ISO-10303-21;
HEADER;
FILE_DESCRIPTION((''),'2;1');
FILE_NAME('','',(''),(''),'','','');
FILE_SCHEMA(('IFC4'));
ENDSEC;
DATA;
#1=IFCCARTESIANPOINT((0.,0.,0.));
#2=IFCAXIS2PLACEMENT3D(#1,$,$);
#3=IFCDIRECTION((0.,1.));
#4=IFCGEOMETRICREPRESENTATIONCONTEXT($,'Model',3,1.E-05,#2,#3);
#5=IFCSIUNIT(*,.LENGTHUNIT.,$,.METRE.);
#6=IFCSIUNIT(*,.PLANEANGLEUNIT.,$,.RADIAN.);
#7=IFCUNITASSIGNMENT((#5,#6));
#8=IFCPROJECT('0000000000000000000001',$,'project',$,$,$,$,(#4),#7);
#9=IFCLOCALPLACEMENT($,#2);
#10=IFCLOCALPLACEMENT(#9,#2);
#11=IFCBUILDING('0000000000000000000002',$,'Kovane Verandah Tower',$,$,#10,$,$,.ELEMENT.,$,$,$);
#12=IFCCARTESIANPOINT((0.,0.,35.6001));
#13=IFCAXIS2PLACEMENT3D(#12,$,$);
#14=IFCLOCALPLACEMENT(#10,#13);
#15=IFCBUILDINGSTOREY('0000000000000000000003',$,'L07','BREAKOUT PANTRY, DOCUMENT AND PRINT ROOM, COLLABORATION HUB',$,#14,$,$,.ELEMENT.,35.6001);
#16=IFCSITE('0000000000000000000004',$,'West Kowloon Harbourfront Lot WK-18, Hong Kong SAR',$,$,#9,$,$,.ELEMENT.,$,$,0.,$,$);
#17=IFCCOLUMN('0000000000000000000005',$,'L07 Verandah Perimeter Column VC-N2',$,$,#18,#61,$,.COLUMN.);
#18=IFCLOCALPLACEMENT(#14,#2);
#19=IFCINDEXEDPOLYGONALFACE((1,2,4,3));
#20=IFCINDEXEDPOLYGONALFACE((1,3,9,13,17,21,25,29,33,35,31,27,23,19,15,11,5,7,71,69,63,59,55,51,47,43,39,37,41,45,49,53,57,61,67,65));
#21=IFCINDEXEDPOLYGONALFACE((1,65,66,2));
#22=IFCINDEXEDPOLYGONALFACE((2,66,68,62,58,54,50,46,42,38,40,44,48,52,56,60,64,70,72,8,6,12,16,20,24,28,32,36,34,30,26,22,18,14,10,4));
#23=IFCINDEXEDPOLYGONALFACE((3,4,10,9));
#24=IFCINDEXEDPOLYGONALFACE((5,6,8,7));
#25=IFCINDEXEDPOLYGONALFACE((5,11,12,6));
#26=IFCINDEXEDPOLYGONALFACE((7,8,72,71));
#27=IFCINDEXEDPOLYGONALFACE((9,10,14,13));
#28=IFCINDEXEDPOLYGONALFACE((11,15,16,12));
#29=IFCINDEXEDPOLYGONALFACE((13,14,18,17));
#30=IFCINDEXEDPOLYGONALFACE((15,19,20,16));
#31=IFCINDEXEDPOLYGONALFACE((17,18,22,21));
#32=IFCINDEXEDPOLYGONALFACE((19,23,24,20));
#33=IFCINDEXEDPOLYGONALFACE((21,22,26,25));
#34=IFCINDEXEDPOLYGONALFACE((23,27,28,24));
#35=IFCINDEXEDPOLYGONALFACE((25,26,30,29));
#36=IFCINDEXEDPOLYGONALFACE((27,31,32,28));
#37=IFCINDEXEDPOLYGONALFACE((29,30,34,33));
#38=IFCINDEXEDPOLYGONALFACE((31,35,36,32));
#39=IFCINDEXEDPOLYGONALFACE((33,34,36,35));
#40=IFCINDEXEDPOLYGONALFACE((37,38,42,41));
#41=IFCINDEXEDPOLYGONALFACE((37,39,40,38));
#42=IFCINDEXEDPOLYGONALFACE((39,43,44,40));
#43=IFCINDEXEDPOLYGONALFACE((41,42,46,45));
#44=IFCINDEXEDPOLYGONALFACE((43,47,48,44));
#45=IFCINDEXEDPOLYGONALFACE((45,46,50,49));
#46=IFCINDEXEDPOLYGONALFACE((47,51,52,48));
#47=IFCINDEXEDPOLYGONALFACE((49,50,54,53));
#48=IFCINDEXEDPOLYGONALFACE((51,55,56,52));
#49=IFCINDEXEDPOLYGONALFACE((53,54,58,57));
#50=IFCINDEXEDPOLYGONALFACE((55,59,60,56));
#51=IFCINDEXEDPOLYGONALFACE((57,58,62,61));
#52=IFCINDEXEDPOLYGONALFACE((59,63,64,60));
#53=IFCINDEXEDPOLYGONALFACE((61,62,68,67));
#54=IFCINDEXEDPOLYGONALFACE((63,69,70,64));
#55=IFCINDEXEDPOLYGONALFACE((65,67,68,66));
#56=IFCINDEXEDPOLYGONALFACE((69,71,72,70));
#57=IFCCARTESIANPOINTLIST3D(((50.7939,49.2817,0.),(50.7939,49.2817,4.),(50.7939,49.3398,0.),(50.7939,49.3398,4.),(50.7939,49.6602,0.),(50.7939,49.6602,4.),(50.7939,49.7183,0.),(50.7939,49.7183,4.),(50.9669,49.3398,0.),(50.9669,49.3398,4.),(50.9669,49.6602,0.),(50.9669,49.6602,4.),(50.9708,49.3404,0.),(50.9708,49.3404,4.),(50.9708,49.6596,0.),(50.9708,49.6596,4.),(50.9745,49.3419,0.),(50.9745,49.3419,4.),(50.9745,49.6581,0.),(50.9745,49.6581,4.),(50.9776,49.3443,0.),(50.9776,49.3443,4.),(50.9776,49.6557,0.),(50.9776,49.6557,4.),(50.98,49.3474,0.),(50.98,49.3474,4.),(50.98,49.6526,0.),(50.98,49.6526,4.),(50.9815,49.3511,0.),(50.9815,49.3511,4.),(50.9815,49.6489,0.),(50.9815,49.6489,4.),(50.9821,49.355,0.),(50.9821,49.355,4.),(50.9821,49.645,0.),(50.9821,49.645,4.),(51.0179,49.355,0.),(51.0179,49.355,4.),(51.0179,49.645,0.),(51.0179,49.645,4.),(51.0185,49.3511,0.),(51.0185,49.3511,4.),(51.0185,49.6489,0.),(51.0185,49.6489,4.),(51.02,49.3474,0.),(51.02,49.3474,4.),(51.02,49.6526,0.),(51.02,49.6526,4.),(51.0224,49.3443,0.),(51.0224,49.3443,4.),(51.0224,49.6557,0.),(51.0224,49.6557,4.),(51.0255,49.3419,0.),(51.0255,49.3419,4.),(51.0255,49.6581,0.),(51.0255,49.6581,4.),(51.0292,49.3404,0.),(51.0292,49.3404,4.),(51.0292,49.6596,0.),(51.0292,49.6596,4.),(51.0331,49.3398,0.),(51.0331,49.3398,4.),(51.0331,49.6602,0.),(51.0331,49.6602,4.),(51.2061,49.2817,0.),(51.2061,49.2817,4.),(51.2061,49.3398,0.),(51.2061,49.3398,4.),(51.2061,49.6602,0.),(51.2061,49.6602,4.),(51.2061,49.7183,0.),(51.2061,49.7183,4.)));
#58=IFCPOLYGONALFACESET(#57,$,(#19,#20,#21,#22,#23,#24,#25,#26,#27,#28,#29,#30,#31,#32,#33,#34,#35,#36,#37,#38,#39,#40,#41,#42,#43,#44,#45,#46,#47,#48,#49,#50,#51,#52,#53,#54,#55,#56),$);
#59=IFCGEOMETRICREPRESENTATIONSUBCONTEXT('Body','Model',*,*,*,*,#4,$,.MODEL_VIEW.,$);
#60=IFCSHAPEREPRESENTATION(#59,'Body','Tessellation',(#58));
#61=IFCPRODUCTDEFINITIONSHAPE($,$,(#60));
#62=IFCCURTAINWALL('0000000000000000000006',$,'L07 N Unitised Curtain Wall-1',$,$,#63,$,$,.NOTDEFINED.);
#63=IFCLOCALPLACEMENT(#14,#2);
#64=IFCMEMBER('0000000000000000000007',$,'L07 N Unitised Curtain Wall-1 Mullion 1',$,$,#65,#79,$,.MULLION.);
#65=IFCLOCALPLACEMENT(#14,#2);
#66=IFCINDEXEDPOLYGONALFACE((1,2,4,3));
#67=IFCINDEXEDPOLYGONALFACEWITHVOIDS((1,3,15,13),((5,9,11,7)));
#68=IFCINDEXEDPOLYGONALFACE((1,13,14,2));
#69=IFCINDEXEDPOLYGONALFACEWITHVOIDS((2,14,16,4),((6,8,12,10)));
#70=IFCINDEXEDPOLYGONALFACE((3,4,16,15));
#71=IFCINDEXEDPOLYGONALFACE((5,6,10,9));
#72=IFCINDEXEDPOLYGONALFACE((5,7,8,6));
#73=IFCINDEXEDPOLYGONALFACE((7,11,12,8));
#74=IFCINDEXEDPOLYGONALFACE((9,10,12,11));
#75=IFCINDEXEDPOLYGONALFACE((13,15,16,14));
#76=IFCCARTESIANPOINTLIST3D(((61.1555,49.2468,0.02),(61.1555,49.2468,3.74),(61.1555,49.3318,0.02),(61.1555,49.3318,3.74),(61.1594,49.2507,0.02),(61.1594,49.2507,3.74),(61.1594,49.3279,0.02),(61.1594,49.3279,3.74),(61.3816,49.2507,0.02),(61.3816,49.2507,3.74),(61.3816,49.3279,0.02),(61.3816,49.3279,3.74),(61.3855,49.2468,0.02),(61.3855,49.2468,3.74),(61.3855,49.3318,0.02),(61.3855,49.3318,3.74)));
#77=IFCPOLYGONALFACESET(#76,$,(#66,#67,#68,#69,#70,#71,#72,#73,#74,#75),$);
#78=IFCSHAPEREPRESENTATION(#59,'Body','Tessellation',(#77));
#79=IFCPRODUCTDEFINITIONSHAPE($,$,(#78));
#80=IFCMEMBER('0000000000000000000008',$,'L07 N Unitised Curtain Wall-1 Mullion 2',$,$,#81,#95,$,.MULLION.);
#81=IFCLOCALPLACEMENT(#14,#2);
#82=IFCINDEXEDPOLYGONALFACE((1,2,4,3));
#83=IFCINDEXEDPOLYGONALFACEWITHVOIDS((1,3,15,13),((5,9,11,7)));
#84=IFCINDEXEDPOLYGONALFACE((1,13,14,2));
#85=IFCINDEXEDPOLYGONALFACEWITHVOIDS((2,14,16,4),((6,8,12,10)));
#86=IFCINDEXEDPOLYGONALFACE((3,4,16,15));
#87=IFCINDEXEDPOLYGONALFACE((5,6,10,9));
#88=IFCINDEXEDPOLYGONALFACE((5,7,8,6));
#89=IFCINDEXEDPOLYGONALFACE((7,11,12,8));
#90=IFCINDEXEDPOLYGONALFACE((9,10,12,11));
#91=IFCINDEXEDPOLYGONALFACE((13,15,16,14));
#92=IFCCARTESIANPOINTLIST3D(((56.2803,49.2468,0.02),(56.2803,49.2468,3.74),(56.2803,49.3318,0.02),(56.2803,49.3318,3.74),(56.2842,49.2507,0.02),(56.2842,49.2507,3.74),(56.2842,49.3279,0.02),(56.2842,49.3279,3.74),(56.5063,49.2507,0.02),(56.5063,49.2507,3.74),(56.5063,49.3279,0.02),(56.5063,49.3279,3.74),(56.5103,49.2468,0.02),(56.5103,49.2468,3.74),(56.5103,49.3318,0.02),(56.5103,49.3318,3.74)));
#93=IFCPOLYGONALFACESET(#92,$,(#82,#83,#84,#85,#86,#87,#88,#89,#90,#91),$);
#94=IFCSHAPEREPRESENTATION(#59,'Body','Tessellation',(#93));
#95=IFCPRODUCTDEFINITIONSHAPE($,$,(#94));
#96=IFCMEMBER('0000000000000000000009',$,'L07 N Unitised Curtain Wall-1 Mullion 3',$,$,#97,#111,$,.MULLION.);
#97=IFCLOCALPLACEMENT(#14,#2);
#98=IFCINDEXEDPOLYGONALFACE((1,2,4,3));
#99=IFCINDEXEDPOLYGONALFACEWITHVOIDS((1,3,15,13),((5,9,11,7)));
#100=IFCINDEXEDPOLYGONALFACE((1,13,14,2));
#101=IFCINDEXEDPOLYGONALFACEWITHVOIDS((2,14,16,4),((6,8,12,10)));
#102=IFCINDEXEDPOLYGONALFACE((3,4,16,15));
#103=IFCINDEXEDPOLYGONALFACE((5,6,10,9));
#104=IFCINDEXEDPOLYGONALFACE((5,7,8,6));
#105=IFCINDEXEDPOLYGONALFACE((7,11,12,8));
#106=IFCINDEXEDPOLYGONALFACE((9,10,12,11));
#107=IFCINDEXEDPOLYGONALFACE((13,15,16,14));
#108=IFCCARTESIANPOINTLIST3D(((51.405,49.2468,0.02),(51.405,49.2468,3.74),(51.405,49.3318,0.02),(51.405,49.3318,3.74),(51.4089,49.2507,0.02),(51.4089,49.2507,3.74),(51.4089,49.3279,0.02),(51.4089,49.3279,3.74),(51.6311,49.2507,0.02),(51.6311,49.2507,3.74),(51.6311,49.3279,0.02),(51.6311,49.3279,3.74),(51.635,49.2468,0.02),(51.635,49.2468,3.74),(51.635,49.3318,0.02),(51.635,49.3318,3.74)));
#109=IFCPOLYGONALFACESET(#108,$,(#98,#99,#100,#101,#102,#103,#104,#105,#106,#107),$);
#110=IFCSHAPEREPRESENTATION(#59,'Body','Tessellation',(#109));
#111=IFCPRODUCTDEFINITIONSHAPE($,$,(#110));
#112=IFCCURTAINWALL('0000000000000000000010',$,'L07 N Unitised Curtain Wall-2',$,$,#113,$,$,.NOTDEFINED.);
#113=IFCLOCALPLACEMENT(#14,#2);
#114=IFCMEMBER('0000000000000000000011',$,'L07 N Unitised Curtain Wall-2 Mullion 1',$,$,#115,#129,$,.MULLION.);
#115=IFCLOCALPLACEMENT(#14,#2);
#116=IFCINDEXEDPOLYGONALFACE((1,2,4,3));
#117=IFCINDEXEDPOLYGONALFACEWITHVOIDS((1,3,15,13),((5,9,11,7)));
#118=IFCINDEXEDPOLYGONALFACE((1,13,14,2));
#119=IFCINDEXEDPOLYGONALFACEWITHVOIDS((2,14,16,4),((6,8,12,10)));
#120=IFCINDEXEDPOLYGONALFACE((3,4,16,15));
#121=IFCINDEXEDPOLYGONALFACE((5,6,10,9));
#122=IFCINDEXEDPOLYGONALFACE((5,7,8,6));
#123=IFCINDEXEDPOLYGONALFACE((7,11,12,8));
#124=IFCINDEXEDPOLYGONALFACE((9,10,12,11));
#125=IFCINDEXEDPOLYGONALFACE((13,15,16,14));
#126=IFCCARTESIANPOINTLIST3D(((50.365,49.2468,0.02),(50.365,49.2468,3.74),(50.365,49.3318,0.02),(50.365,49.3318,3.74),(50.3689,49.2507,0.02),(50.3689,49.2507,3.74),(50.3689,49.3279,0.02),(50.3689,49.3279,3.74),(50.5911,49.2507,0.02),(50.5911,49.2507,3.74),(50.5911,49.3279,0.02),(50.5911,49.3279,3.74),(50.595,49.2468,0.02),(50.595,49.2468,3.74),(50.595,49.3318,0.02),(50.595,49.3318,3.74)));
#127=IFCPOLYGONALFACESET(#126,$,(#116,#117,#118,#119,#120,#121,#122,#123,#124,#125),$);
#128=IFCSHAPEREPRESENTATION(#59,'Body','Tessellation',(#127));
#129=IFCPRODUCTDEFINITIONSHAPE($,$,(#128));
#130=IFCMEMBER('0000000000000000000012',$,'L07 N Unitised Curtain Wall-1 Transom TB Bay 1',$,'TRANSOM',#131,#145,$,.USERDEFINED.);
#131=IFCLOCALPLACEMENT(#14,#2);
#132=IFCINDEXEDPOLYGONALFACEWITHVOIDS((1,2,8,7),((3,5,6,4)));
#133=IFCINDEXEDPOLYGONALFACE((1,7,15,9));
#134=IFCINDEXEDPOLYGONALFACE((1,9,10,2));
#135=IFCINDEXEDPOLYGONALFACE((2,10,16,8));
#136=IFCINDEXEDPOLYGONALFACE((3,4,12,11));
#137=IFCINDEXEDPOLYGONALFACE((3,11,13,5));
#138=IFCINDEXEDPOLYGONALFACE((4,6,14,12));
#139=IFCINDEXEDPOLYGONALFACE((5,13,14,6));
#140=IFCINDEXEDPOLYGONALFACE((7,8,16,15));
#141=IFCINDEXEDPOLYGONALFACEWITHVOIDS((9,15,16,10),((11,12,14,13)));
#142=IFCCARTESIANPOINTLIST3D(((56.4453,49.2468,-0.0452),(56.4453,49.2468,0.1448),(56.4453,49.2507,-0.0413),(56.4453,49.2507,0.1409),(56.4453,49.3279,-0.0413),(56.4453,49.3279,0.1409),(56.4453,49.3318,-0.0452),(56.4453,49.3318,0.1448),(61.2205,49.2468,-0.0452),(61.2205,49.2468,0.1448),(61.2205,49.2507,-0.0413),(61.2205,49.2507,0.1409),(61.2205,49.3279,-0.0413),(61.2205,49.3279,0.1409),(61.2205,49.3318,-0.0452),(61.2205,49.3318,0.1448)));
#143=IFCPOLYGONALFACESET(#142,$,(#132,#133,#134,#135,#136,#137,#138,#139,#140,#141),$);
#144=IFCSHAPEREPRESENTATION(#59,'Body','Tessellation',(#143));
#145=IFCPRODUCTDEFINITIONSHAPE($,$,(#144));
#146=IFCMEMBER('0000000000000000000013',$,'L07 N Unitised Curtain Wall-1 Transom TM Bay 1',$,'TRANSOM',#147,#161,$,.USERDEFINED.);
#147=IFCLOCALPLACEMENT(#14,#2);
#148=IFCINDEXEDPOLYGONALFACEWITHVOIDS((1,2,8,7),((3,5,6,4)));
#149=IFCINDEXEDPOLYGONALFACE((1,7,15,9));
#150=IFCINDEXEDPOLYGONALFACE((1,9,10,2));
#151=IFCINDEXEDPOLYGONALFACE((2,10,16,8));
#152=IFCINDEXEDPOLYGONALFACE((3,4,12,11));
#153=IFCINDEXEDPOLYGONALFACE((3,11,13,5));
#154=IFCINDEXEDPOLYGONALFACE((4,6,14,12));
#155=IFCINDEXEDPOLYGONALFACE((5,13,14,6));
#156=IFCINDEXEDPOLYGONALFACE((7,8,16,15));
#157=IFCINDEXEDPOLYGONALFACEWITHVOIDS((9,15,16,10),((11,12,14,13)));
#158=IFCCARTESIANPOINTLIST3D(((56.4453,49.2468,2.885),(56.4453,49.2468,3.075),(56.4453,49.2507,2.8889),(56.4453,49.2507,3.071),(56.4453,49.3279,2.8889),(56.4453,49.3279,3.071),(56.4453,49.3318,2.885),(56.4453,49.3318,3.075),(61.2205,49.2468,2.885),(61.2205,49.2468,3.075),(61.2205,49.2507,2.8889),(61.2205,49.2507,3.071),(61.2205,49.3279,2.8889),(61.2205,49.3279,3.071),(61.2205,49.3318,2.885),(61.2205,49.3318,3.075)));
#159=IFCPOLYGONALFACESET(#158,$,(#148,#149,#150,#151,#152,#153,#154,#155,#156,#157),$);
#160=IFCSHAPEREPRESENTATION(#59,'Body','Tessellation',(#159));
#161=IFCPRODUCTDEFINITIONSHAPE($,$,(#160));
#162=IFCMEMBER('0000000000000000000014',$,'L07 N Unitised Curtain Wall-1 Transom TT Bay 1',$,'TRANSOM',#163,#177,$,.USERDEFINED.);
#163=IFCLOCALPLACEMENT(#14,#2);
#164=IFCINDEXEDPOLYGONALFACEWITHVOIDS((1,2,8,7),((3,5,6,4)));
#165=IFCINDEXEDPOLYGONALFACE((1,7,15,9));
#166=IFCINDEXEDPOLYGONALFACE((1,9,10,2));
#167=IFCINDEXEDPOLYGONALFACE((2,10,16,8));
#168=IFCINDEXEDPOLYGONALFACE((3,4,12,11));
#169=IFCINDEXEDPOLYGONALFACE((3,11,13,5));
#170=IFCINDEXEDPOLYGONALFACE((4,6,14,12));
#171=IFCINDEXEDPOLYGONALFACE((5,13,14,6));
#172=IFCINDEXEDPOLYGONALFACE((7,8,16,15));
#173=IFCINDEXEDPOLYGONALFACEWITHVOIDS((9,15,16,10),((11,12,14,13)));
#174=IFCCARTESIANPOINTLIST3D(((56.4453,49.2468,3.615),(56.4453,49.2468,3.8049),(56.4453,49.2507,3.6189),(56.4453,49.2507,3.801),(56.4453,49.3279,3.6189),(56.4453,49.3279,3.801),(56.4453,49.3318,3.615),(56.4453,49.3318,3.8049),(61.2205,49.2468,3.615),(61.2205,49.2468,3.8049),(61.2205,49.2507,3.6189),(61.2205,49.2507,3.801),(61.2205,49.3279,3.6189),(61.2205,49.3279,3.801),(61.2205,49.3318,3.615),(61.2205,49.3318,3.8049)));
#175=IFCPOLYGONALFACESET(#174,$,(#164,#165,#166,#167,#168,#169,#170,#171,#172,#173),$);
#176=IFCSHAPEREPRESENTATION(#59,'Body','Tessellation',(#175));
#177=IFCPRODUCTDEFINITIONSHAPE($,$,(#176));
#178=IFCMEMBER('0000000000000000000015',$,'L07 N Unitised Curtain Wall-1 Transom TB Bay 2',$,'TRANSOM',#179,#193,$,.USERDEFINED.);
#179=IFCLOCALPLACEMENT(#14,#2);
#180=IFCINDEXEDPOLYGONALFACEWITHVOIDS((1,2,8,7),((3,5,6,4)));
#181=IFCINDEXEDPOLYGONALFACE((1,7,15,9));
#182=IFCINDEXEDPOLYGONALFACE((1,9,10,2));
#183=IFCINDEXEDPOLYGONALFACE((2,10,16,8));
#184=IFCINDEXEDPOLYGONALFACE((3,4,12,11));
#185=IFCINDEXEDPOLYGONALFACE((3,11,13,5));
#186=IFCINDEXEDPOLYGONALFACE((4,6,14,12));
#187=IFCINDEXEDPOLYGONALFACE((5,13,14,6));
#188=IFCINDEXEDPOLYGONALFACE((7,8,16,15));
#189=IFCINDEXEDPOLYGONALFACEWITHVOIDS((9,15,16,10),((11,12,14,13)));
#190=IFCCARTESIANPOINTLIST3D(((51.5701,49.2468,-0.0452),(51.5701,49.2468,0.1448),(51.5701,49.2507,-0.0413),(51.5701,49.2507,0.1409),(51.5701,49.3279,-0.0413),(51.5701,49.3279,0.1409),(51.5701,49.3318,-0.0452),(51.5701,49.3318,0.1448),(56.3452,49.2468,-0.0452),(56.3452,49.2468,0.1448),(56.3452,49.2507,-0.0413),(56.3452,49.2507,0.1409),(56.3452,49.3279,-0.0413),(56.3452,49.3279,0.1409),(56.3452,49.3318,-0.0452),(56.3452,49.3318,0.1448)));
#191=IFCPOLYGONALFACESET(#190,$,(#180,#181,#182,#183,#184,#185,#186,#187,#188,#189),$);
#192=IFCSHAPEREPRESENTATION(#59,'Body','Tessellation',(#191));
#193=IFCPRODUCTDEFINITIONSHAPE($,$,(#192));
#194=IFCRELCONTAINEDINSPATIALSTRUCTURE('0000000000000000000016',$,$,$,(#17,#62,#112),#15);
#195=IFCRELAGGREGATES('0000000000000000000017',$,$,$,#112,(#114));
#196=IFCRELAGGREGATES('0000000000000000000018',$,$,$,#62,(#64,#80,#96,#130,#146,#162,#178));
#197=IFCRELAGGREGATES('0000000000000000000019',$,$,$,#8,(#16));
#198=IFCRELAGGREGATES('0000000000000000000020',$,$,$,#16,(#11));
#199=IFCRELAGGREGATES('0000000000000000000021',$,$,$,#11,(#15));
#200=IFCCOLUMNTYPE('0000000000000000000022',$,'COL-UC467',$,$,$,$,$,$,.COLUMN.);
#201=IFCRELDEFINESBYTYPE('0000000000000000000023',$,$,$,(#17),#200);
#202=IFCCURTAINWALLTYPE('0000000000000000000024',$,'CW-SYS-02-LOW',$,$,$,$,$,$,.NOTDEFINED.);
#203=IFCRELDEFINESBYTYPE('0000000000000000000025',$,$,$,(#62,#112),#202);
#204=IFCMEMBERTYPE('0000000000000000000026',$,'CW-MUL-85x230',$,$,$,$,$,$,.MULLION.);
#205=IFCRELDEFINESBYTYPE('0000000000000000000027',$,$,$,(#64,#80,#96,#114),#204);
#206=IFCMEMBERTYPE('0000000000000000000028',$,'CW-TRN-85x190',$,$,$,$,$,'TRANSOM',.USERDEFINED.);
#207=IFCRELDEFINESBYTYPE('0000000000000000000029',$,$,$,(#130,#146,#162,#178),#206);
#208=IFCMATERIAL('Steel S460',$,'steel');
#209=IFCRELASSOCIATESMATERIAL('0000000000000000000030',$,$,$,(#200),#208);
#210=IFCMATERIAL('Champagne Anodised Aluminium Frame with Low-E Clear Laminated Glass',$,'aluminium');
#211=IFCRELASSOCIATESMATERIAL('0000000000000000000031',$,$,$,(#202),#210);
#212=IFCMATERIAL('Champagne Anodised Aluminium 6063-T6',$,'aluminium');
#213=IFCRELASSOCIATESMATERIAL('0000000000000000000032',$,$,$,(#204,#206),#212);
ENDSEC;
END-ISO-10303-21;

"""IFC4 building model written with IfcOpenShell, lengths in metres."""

from ifc_helpers import new_model, si_unit, direction, frame, origin, origin_2d, place, context, subcontext, project, spatial, hollow_rectangle, i_section, extrude, material, material_profile, profile_set, type_object, element, aggregate, save


model = new_model("IFC4")

# Units and contexts
model_context = context("Model", 3, precision=1e-05, world=origin(), true_north=direction((0.0, 1.0)))
body_context = subcontext(model_context, "Body", "Model", "MODEL_VIEW")
ifc_project = project(units=[si_unit("LENGTHUNIT", "METRE"), si_unit("PLANEANGLEUNIT", "RADIAN")], contexts=[model_context])

# Site, building, storey
site_placement = place(None, origin())
site = spatial("IfcSite", under=ifc_project, at=site_placement, Name="West Kowloon Harbourfront Lot WK-18, Hong Kong SAR", CompositionType="ELEMENT", RefElevation=0.0)
building_placement = place(site_placement, origin())
building = spatial("IfcBuilding", under=site, at=building_placement, Name="Kovane Verandah Tower", CompositionType="ELEMENT")
storey_placement = place(building_placement, frame((0.0, 0.0, 35.6001)))
storey = spatial("IfcBuildingStorey", under=building, at=storey_placement, Name="L07", Description="BREAKOUT PANTRY, DOCUMENT AND PRINT ROOM, COLLABORATION HUB", CompositionType="ELEMENT", Elevation=35.6001)

# Column
ifc_material_1 = material(Name="Steel S460", Category="steel")
ifc_material_profile_1 = material_profile(ifc_material_1, i_section(OverallWidth=0.4121, OverallDepth=0.4365, WebThickness=0.0359, FlangeThickness=0.0581, FilletRadius=0.0151, at=origin_2d()), Name="UC356x406x467")
ifc_profile_set_1 = profile_set([ifc_material_profile_1], Name="Steel S460")
column_type = type_object("IfcColumnType", Name="COL-UC467", PredefinedType="COLUMN", material=ifc_profile_set_1)
column_placement = place(storey_placement, frame((51.0, 49.5, 0.0), z_axis=(0.0, 0.0, 1.0), x_axis=(1.0, 0.0, 0.0)))
element("IfcColumn", 1, at=column_placement, inside=storey, type_object=column_type, Name="L07 Verandah Perimeter Column VC-N2", PredefinedType="COLUMN", context=body_context, shape_type="SweptSolid", body=[
    extrude(i_section(OverallWidth=0.4121, OverallDepth=0.4365, WebThickness=0.0359, FlangeThickness=0.0581, FilletRadius=0.0151, at=origin_2d()), origin(), (0.0, 0.0, 1.0), 4.0),
])

# Curtain wall, members
ifc_material_2 = material(Name="Champagne Anodised Aluminium Frame with Low-E Clear Laminated Glass", Category="aluminium")
curtain_wall_type = type_object("IfcCurtainWallType", Name="CW-SYS-02-LOW", PredefinedType="NOTDEFINED", material=ifc_material_2)
curtain_wall_1_placement = place(storey_placement, origin())
curtain_wall_1 = element("IfcCurtainWall", 2, at=curtain_wall_1_placement, inside=storey, type_object=curtain_wall_type, Name="L07 N Unitised Curtain Wall-1", PredefinedType="NOTDEFINED")
ifc_material_3 = material(Name="Champagne Anodised Aluminium 6063-T6", Category="aluminium")
ifc_material_profile_2 = material_profile(ifc_material_3, hollow_rectangle(XDim=0.085, YDim=0.23, WallThickness=0.0039, at=origin_2d()), Name="AL85x230x4")
ifc_profile_set_2 = profile_set([ifc_material_profile_2], Name="Champagne Anodised Aluminium 6063-T6")
member_type_1 = type_object("IfcMemberType", Name="CW-MUL-85x230", PredefinedType="MULLION", material=ifc_profile_set_2)
member_1_placement = place(storey_placement, frame((61.2705, 49.2893, 0.02), z_axis=(0.0, 0.0, 1.0), x_axis=(0.0, 1.0, 0.0)))
member_1 = element("IfcMember", 3, at=member_1_placement, type_object=member_type_1, Name="L07 N Unitised Curtain Wall-1 Mullion 1", PredefinedType="MULLION", context=body_context, shape_type="SweptSolid", body=[
    extrude(hollow_rectangle(XDim=0.085, YDim=0.23, WallThickness=0.0039, at=origin_2d()), origin(), (0.0, 0.0, 1.0), 3.72),
])
member_2_placement = place(storey_placement, frame((56.3953, 49.2893, 0.02), z_axis=(0.0, 0.0, 1.0), x_axis=(0.0, 1.0, 0.0)))
member_2 = element("IfcMember", 4, at=member_2_placement, type_object=member_type_1, Name="L07 N Unitised Curtain Wall-1 Mullion 2", PredefinedType="MULLION", context=body_context, shape_type="SweptSolid", body=[
    extrude(hollow_rectangle(XDim=0.085, YDim=0.23, WallThickness=0.0039, at=origin_2d()), origin(), (0.0, 0.0, 1.0), 3.72),
])
member_3_placement = place(storey_placement, frame((51.52, 49.2893, 0.02), z_axis=(0.0, 0.0, 1.0), x_axis=(0.0, 1.0, 0.0)))
member_3 = element("IfcMember", 5, at=member_3_placement, type_object=member_type_1, Name="L07 N Unitised Curtain Wall-1 Mullion 3", PredefinedType="MULLION", context=body_context, shape_type="SweptSolid", body=[
    extrude(hollow_rectangle(XDim=0.085, YDim=0.23, WallThickness=0.0039, at=origin_2d()), origin(), (0.0, 0.0, 1.0), 3.72),
])

# Curtain wall, member
curtain_wall_2_placement = place(storey_placement, origin())
curtain_wall_2 = element("IfcCurtainWall", 6, at=curtain_wall_2_placement, inside=storey, type_object=curtain_wall_type, Name="L07 N Unitised Curtain Wall-2", PredefinedType="NOTDEFINED")
member_4_placement = place(storey_placement, frame((50.48, 49.2893, 0.02), z_axis=(0.0, 0.0, 1.0), x_axis=(0.0, 1.0, 0.0)))
member_4 = element("IfcMember", 7, at=member_4_placement, type_object=member_type_1, Name="L07 N Unitised Curtain Wall-2 Mullion 1", PredefinedType="MULLION", context=body_context, shape_type="SweptSolid", body=[
    extrude(hollow_rectangle(XDim=0.085, YDim=0.23, WallThickness=0.0039, at=origin_2d()), origin(), (0.0, 0.0, 1.0), 3.72),
])

# Members
ifc_material_profile_3 = material_profile(ifc_material_3, hollow_rectangle(XDim=0.085, YDim=0.1899, WallThickness=0.0039, at=origin_2d()), Name="AL85x190x4")
ifc_profile_set_3 = profile_set([ifc_material_profile_3], Name="Champagne Anodised Aluminium 6063-T6")
member_type_2 = type_object("IfcMemberType", Name="CW-TRN-85x190", ElementType="TRANSOM", PredefinedType="USERDEFINED", material=ifc_profile_set_3)
member_5_placement = place(storey_placement, frame((61.2205, 49.2893, 0.0498), z_axis=(-1.0, 0.0, 0.0), x_axis=(0.0, -1.0, 0.0)))
member_5 = element("IfcMember", 8, at=member_5_placement, type_object=member_type_2, Name="L07 N Unitised Curtain Wall-1 Transom TB Bay 1", ObjectType="TRANSOM", PredefinedType="USERDEFINED", context=body_context, shape_type="SweptSolid", body=[
    extrude(hollow_rectangle(XDim=0.085, YDim=0.1899, WallThickness=0.0039, at=origin_2d()), origin(), (0.0, 0.0, 1.0), 4.7751),
])
member_6_placement = place(storey_placement, frame((61.2205, 49.2893, 2.98), z_axis=(-1.0, 0.0, 0.0), x_axis=(0.0, -1.0, 0.0)))
member_6 = element("IfcMember", 9, at=member_6_placement, type_object=member_type_2, Name="L07 N Unitised Curtain Wall-1 Transom TM Bay 1", ObjectType="TRANSOM", PredefinedType="USERDEFINED", context=body_context, shape_type="SweptSolid", body=[
    extrude(hollow_rectangle(XDim=0.085, YDim=0.1899, WallThickness=0.0039, at=origin_2d()), origin(), (0.0, 0.0, 1.0), 4.7751),
])
member_7_placement = place(storey_placement, frame((61.2205, 49.2893, 3.71), z_axis=(-1.0, 0.0, 0.0), x_axis=(0.0, -1.0, 0.0)))
member_7 = element("IfcMember", 10, at=member_7_placement, type_object=member_type_2, Name="L07 N Unitised Curtain Wall-1 Transom TT Bay 1", ObjectType="TRANSOM", PredefinedType="USERDEFINED", context=body_context, shape_type="SweptSolid", body=[
    extrude(hollow_rectangle(XDim=0.085, YDim=0.1899, WallThickness=0.0039, at=origin_2d()), origin(), (0.0, 0.0, 1.0), 4.7751),
])
member_8_placement = place(storey_placement, frame((56.3452, 49.2893, 0.0498), z_axis=(-1.0, 0.0, 0.0), x_axis=(0.0, -1.0, 0.0)))
member_8 = element("IfcMember", 11, at=member_8_placement, type_object=member_type_2, Name="L07 N Unitised Curtain Wall-1 Transom TB Bay 2", ObjectType="TRANSOM", PredefinedType="USERDEFINED", context=body_context, shape_type="SweptSolid", body=[
    extrude(hollow_rectangle(XDim=0.085, YDim=0.1899, WallThickness=0.0039, at=origin_2d()), origin(), (0.0, 0.0, 1.0), 4.7751),
])
aggregate(curtain_wall_2, [member_4])

aggregate(curtain_wall_1, [member_1, member_2, member_3, member_5, member_6, member_7, member_8])

save(model, "model.ifc")
